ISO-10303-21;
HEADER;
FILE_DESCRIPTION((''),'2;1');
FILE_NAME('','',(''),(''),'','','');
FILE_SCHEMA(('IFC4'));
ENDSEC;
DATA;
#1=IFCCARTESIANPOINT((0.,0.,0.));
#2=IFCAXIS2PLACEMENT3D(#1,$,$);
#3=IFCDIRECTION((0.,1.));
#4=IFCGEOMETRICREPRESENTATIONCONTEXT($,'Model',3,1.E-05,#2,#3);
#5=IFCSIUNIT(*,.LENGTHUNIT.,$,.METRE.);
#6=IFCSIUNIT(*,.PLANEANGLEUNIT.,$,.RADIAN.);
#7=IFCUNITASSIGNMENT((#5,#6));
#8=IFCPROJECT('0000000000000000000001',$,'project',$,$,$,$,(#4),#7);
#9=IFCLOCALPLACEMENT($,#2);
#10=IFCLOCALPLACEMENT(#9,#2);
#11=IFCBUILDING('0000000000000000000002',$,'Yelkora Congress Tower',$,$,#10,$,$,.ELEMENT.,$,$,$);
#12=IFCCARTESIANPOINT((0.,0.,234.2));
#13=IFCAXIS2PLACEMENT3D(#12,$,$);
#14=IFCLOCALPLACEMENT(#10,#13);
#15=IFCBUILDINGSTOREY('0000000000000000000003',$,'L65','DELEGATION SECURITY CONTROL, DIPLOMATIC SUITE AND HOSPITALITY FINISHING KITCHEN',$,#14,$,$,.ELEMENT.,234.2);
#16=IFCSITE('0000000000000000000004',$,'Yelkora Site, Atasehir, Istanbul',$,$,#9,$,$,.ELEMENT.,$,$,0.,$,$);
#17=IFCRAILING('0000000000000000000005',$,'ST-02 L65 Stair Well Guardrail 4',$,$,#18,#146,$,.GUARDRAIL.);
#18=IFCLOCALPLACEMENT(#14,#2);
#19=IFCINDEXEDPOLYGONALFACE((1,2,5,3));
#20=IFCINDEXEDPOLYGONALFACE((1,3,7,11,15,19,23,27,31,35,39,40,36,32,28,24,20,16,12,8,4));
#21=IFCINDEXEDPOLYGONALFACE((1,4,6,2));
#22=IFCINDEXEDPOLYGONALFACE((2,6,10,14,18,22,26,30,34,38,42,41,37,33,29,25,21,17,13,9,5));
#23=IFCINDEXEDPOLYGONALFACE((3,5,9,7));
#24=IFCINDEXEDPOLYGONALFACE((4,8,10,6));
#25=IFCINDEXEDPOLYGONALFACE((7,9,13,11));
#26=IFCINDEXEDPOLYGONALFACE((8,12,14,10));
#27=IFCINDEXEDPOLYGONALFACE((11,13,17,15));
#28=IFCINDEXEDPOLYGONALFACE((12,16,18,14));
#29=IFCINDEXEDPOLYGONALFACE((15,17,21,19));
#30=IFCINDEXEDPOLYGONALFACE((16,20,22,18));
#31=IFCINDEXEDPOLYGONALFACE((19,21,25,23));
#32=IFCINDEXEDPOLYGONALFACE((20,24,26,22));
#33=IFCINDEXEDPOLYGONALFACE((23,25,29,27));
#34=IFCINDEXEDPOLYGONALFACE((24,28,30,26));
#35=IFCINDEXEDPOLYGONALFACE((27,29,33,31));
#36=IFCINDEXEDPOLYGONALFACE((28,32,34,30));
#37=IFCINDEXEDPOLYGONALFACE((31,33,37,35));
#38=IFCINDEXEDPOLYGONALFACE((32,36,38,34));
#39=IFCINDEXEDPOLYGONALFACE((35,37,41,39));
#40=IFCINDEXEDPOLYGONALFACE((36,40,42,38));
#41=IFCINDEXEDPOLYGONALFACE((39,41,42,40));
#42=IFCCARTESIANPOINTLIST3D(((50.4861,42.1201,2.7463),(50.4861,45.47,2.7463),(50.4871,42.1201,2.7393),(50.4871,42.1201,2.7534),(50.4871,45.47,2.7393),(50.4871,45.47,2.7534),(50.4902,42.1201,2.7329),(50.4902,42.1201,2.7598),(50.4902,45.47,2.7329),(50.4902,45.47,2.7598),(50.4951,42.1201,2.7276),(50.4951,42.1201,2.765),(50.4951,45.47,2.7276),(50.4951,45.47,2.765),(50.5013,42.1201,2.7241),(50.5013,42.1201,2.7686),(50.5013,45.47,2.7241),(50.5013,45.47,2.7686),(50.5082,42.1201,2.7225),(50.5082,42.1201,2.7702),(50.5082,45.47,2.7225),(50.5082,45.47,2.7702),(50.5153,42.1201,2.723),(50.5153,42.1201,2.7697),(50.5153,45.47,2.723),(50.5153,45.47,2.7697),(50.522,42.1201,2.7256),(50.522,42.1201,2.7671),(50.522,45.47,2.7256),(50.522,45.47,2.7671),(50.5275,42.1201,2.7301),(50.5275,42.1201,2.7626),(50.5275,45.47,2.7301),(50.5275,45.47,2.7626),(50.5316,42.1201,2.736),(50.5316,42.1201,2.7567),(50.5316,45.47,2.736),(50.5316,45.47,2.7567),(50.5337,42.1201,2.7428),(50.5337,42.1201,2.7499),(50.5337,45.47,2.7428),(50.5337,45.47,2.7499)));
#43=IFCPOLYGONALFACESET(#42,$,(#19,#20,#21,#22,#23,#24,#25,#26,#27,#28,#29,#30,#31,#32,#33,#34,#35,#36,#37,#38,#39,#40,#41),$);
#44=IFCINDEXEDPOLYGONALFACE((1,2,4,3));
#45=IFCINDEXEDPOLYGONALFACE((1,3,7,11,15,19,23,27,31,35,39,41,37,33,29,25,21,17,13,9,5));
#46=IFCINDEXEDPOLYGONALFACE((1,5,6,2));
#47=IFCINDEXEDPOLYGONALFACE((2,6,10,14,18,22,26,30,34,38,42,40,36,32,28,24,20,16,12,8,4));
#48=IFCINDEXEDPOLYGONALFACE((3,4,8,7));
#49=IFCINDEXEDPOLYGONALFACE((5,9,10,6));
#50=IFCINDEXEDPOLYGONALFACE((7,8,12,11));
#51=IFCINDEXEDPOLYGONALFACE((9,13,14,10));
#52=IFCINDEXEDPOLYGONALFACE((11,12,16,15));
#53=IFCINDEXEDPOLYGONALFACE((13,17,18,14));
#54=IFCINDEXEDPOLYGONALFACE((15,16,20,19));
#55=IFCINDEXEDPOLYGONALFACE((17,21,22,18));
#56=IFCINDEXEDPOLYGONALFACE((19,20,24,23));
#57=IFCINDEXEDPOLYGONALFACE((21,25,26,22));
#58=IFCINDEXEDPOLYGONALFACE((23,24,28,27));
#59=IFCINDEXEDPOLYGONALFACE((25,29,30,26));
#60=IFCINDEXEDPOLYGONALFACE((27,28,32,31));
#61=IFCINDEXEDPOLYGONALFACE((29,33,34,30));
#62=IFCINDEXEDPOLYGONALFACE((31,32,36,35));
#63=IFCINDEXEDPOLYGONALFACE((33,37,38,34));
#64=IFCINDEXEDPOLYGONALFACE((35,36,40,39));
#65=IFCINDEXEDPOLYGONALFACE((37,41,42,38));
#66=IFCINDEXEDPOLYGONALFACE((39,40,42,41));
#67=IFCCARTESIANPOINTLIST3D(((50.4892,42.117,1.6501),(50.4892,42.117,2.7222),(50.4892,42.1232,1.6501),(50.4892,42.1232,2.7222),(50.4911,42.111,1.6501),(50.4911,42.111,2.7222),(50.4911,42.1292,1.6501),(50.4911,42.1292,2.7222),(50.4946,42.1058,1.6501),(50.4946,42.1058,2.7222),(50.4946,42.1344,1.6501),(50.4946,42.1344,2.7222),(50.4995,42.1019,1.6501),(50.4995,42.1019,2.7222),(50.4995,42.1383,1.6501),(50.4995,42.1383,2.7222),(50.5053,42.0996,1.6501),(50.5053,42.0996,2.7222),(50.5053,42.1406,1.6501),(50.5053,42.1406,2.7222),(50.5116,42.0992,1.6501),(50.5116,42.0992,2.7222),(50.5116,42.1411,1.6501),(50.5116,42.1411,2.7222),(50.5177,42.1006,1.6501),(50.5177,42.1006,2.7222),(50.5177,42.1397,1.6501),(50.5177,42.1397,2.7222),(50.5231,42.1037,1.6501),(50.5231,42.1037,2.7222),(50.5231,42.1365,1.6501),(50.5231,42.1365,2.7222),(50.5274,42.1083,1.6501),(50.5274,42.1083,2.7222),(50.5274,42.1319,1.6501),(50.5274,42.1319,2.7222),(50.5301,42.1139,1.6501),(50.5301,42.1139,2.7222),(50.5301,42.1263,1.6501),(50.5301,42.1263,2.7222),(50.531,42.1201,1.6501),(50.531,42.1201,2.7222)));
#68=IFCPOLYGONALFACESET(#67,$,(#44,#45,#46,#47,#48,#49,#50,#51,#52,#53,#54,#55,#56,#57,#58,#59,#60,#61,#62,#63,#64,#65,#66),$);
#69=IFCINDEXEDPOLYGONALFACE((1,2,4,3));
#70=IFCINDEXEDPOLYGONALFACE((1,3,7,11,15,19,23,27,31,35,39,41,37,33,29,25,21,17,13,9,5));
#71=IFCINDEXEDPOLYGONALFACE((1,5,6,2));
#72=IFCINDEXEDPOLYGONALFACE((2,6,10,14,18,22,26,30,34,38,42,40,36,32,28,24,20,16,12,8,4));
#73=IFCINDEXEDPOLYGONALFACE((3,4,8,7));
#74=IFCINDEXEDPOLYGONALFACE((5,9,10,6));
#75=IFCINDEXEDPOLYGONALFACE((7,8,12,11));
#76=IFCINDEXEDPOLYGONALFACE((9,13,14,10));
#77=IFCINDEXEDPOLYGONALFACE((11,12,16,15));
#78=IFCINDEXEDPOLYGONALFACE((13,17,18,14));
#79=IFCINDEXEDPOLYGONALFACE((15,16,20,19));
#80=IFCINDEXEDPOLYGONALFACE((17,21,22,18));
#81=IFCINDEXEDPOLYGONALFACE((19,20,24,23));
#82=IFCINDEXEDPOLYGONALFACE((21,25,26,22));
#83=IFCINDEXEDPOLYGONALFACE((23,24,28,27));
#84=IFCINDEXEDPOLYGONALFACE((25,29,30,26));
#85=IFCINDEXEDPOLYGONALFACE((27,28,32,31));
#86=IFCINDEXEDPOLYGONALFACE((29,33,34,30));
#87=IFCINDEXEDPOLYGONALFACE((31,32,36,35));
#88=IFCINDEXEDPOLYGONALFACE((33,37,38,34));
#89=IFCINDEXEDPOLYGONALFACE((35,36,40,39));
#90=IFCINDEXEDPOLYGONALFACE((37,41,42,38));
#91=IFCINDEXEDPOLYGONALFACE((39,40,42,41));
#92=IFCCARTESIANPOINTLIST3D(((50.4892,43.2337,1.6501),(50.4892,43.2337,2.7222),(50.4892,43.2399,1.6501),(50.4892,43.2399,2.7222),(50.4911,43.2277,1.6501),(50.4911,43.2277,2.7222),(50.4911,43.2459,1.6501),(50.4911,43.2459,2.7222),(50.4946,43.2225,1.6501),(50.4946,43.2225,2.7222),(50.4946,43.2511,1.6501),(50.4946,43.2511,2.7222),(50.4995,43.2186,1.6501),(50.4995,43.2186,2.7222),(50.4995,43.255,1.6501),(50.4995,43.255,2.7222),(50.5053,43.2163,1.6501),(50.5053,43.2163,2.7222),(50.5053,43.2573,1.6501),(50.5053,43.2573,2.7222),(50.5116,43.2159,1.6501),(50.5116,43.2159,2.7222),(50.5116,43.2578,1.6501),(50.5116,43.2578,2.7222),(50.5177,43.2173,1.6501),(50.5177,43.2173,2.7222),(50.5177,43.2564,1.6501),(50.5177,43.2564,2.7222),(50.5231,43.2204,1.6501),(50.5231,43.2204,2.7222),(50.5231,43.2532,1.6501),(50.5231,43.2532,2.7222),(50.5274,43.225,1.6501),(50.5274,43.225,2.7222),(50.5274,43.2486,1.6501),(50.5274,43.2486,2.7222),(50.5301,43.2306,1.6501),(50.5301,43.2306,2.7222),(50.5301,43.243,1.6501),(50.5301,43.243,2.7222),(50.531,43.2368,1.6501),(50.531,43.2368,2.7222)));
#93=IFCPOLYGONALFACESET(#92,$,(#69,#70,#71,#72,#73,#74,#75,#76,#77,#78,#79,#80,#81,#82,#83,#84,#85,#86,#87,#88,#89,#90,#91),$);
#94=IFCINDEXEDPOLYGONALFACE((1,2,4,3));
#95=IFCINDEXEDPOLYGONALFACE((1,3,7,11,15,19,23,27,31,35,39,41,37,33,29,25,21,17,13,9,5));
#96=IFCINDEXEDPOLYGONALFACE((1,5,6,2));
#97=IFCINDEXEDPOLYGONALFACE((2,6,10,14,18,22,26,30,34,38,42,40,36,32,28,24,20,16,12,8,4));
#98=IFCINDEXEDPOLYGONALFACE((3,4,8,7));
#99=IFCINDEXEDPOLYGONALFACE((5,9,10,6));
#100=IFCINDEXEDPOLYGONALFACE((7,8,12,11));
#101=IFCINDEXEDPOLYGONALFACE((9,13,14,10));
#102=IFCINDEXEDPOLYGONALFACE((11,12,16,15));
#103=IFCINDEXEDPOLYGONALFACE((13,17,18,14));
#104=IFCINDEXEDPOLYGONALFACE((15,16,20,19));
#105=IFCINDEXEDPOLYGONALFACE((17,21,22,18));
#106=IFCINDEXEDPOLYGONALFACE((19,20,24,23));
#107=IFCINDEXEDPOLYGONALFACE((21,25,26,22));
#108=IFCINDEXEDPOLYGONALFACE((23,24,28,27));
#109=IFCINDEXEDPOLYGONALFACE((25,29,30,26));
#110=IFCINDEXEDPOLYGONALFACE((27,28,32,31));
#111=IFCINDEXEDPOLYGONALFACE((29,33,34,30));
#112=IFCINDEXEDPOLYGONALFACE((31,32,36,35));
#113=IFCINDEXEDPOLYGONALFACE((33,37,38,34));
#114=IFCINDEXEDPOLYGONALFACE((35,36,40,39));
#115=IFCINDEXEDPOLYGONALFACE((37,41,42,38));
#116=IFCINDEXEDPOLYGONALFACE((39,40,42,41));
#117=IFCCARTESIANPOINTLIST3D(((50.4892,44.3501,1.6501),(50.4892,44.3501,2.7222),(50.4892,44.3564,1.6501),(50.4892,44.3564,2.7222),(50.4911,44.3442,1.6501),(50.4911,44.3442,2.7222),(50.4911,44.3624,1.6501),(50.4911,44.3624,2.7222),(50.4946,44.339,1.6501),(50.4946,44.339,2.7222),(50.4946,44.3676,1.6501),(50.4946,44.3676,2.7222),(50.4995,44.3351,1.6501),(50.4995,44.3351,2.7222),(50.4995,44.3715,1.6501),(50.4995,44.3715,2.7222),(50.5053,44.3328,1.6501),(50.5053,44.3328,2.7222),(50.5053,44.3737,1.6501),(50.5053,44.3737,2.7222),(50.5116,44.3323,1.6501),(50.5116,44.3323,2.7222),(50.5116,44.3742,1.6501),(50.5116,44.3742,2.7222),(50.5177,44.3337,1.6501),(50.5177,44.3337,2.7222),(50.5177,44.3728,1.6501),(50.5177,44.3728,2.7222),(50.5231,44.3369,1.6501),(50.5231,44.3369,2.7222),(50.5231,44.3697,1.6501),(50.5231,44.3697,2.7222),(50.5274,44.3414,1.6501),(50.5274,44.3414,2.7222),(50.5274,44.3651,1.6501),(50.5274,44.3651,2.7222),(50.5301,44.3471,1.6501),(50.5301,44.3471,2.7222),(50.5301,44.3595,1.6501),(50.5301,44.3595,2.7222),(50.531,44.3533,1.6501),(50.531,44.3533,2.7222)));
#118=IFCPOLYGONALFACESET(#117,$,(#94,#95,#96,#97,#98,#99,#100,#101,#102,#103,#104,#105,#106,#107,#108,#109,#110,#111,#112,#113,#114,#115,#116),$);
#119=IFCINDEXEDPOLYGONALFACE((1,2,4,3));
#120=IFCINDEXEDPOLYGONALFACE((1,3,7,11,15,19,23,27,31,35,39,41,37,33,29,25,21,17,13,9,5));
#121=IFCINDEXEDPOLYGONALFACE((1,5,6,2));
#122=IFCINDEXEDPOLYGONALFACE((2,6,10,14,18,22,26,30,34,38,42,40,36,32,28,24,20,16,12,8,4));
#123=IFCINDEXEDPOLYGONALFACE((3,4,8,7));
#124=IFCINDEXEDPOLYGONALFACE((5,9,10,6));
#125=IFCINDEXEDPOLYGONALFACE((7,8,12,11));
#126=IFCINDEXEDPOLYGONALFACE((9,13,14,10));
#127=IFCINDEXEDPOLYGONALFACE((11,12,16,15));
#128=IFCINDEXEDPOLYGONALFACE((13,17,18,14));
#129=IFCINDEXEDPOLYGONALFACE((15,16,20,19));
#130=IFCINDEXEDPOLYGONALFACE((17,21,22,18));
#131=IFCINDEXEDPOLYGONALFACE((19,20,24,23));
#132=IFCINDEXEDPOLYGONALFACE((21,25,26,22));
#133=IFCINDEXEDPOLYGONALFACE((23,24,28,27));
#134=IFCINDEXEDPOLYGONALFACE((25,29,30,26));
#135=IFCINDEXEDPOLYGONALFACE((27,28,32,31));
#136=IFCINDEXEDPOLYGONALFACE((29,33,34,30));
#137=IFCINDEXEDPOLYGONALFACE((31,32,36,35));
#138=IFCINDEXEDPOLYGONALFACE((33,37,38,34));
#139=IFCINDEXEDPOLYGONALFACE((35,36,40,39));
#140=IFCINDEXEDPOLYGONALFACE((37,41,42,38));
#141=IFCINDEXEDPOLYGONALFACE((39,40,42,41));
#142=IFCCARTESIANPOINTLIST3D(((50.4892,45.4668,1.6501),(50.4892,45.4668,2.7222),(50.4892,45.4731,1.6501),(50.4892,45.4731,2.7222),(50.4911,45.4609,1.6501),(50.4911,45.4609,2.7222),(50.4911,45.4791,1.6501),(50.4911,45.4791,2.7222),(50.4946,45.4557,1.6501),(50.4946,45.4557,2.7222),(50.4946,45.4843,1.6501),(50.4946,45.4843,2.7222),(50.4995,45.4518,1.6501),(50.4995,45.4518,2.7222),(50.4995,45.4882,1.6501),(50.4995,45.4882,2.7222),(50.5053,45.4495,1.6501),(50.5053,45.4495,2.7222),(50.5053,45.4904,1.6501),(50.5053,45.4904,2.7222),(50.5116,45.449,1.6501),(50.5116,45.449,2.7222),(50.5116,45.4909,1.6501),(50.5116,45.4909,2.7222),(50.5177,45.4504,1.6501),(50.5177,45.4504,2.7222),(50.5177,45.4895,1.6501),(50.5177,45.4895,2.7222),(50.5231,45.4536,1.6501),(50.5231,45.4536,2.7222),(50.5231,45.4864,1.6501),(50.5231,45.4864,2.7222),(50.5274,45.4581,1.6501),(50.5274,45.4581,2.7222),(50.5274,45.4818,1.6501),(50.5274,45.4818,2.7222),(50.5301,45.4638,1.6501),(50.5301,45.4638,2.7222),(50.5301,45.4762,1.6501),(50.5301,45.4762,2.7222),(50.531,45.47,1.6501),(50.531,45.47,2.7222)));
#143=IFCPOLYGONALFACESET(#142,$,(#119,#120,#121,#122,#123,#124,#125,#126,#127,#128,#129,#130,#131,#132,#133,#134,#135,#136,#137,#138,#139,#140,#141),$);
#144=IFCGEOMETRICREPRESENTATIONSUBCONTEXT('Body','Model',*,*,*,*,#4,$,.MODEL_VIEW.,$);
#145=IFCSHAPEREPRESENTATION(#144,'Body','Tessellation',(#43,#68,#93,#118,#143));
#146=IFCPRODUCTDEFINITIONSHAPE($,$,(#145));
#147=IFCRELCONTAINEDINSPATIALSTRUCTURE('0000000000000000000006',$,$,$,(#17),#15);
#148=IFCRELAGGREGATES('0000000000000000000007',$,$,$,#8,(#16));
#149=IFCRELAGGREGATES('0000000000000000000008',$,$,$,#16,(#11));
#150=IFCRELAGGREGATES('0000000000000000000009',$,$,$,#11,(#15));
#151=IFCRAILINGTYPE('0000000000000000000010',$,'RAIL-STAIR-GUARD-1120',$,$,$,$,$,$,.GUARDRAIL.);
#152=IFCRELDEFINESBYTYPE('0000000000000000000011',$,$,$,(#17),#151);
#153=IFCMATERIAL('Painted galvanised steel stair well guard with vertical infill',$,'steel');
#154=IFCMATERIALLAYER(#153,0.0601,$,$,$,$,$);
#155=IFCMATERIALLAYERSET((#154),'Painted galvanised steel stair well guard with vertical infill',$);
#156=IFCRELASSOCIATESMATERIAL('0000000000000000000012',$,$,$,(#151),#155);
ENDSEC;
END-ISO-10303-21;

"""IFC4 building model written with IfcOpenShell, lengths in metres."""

from ifc_helpers import new_model, si_unit, direction, frame, origin, origin_2d, place, context, subcontext, project, spatial, circle, extrude, material, layer, layer_set, type_object, element, save


model = new_model("IFC4")

# Units and contexts
model_context = context("Model", 3, precision=1e-05, world=origin(), true_north=direction((0.0, 1.0)))
body_context = subcontext(model_context, "Body", "Model", "MODEL_VIEW")
ifc_project = project(units=[si_unit("LENGTHUNIT", "METRE"), si_unit("PLANEANGLEUNIT", "RADIAN")], contexts=[model_context])

# Site, building, storey
site_placement = place(None, origin())
site = spatial("IfcSite", under=ifc_project, at=site_placement, Name="Yelkora Site, Atasehir, Istanbul", CompositionType="ELEMENT", RefElevation=0.0)
building_placement = place(site_placement, origin())
building = spatial("IfcBuilding", under=site, at=building_placement, Name="Yelkora Congress Tower", CompositionType="ELEMENT")
storey_placement = place(building_placement, frame((0.0, 0.0, 234.2)))
storey = spatial("IfcBuildingStorey", under=building, at=storey_placement, Name="L65", Description="DELEGATION SECURITY CONTROL, DIPLOMATIC SUITE AND HOSPITALITY FINISHING KITCHEN", CompositionType="ELEMENT", Elevation=234.2)

# Railing
ifc_material_1 = material(Name="Painted galvanised steel stair well guard with vertical infill", Category="steel")
ifc_layer_1 = layer(ifc_material_1, 0.0601)
ifc_layer_set_1 = layer_set([ifc_layer_1], Name="Painted galvanised steel stair well guard with vertical infill")
railing_type_1 = type_object("IfcRailingType", Name="RAIL-STAIR-GUARD-1120", PredefinedType="GUARDRAIL", material=ifc_layer_set_1)
railing_1_placement = place(storey_placement, frame((50.51, 42.1201, 1.6501)))
element("IfcRailing", 1, at=railing_1_placement, inside=storey, type_object=railing_type_1, Name="ST-02 L65 Stair Well Guardrail 4", PredefinedType="GUARDRAIL", context=body_context, shape_type="SweptSolid", body=[
    extrude(circle(Radius=0.0239, at=origin_2d()), frame((0.0, 0.0, 1.0962), z_axis=(0.0, 1.0, 0.0), x_axis=(-1.0, 0.0, 0.0)), (0.0, 0.0, 1.0), 3.3499),
    extrude(circle(Radius=0.021, at=origin_2d()), origin(), (0.0, 0.0, 1.0), 1.072),
    extrude(circle(Radius=0.021, at=origin_2d()), frame((0.0, 1.1167, 0.0)), (0.0, 0.0, 1.0), 1.072),
    extrude(circle(Radius=0.021, at=origin_2d()), frame((0.0, 2.2332, 0.0)), (0.0, 0.0, 1.0), 1.072),
    extrude(circle(Radius=0.021, at=origin_2d()), frame((0.0, 3.3499, 0.0)), (0.0, 0.0, 1.0), 1.072),
])

save(model, "model.ifc")
